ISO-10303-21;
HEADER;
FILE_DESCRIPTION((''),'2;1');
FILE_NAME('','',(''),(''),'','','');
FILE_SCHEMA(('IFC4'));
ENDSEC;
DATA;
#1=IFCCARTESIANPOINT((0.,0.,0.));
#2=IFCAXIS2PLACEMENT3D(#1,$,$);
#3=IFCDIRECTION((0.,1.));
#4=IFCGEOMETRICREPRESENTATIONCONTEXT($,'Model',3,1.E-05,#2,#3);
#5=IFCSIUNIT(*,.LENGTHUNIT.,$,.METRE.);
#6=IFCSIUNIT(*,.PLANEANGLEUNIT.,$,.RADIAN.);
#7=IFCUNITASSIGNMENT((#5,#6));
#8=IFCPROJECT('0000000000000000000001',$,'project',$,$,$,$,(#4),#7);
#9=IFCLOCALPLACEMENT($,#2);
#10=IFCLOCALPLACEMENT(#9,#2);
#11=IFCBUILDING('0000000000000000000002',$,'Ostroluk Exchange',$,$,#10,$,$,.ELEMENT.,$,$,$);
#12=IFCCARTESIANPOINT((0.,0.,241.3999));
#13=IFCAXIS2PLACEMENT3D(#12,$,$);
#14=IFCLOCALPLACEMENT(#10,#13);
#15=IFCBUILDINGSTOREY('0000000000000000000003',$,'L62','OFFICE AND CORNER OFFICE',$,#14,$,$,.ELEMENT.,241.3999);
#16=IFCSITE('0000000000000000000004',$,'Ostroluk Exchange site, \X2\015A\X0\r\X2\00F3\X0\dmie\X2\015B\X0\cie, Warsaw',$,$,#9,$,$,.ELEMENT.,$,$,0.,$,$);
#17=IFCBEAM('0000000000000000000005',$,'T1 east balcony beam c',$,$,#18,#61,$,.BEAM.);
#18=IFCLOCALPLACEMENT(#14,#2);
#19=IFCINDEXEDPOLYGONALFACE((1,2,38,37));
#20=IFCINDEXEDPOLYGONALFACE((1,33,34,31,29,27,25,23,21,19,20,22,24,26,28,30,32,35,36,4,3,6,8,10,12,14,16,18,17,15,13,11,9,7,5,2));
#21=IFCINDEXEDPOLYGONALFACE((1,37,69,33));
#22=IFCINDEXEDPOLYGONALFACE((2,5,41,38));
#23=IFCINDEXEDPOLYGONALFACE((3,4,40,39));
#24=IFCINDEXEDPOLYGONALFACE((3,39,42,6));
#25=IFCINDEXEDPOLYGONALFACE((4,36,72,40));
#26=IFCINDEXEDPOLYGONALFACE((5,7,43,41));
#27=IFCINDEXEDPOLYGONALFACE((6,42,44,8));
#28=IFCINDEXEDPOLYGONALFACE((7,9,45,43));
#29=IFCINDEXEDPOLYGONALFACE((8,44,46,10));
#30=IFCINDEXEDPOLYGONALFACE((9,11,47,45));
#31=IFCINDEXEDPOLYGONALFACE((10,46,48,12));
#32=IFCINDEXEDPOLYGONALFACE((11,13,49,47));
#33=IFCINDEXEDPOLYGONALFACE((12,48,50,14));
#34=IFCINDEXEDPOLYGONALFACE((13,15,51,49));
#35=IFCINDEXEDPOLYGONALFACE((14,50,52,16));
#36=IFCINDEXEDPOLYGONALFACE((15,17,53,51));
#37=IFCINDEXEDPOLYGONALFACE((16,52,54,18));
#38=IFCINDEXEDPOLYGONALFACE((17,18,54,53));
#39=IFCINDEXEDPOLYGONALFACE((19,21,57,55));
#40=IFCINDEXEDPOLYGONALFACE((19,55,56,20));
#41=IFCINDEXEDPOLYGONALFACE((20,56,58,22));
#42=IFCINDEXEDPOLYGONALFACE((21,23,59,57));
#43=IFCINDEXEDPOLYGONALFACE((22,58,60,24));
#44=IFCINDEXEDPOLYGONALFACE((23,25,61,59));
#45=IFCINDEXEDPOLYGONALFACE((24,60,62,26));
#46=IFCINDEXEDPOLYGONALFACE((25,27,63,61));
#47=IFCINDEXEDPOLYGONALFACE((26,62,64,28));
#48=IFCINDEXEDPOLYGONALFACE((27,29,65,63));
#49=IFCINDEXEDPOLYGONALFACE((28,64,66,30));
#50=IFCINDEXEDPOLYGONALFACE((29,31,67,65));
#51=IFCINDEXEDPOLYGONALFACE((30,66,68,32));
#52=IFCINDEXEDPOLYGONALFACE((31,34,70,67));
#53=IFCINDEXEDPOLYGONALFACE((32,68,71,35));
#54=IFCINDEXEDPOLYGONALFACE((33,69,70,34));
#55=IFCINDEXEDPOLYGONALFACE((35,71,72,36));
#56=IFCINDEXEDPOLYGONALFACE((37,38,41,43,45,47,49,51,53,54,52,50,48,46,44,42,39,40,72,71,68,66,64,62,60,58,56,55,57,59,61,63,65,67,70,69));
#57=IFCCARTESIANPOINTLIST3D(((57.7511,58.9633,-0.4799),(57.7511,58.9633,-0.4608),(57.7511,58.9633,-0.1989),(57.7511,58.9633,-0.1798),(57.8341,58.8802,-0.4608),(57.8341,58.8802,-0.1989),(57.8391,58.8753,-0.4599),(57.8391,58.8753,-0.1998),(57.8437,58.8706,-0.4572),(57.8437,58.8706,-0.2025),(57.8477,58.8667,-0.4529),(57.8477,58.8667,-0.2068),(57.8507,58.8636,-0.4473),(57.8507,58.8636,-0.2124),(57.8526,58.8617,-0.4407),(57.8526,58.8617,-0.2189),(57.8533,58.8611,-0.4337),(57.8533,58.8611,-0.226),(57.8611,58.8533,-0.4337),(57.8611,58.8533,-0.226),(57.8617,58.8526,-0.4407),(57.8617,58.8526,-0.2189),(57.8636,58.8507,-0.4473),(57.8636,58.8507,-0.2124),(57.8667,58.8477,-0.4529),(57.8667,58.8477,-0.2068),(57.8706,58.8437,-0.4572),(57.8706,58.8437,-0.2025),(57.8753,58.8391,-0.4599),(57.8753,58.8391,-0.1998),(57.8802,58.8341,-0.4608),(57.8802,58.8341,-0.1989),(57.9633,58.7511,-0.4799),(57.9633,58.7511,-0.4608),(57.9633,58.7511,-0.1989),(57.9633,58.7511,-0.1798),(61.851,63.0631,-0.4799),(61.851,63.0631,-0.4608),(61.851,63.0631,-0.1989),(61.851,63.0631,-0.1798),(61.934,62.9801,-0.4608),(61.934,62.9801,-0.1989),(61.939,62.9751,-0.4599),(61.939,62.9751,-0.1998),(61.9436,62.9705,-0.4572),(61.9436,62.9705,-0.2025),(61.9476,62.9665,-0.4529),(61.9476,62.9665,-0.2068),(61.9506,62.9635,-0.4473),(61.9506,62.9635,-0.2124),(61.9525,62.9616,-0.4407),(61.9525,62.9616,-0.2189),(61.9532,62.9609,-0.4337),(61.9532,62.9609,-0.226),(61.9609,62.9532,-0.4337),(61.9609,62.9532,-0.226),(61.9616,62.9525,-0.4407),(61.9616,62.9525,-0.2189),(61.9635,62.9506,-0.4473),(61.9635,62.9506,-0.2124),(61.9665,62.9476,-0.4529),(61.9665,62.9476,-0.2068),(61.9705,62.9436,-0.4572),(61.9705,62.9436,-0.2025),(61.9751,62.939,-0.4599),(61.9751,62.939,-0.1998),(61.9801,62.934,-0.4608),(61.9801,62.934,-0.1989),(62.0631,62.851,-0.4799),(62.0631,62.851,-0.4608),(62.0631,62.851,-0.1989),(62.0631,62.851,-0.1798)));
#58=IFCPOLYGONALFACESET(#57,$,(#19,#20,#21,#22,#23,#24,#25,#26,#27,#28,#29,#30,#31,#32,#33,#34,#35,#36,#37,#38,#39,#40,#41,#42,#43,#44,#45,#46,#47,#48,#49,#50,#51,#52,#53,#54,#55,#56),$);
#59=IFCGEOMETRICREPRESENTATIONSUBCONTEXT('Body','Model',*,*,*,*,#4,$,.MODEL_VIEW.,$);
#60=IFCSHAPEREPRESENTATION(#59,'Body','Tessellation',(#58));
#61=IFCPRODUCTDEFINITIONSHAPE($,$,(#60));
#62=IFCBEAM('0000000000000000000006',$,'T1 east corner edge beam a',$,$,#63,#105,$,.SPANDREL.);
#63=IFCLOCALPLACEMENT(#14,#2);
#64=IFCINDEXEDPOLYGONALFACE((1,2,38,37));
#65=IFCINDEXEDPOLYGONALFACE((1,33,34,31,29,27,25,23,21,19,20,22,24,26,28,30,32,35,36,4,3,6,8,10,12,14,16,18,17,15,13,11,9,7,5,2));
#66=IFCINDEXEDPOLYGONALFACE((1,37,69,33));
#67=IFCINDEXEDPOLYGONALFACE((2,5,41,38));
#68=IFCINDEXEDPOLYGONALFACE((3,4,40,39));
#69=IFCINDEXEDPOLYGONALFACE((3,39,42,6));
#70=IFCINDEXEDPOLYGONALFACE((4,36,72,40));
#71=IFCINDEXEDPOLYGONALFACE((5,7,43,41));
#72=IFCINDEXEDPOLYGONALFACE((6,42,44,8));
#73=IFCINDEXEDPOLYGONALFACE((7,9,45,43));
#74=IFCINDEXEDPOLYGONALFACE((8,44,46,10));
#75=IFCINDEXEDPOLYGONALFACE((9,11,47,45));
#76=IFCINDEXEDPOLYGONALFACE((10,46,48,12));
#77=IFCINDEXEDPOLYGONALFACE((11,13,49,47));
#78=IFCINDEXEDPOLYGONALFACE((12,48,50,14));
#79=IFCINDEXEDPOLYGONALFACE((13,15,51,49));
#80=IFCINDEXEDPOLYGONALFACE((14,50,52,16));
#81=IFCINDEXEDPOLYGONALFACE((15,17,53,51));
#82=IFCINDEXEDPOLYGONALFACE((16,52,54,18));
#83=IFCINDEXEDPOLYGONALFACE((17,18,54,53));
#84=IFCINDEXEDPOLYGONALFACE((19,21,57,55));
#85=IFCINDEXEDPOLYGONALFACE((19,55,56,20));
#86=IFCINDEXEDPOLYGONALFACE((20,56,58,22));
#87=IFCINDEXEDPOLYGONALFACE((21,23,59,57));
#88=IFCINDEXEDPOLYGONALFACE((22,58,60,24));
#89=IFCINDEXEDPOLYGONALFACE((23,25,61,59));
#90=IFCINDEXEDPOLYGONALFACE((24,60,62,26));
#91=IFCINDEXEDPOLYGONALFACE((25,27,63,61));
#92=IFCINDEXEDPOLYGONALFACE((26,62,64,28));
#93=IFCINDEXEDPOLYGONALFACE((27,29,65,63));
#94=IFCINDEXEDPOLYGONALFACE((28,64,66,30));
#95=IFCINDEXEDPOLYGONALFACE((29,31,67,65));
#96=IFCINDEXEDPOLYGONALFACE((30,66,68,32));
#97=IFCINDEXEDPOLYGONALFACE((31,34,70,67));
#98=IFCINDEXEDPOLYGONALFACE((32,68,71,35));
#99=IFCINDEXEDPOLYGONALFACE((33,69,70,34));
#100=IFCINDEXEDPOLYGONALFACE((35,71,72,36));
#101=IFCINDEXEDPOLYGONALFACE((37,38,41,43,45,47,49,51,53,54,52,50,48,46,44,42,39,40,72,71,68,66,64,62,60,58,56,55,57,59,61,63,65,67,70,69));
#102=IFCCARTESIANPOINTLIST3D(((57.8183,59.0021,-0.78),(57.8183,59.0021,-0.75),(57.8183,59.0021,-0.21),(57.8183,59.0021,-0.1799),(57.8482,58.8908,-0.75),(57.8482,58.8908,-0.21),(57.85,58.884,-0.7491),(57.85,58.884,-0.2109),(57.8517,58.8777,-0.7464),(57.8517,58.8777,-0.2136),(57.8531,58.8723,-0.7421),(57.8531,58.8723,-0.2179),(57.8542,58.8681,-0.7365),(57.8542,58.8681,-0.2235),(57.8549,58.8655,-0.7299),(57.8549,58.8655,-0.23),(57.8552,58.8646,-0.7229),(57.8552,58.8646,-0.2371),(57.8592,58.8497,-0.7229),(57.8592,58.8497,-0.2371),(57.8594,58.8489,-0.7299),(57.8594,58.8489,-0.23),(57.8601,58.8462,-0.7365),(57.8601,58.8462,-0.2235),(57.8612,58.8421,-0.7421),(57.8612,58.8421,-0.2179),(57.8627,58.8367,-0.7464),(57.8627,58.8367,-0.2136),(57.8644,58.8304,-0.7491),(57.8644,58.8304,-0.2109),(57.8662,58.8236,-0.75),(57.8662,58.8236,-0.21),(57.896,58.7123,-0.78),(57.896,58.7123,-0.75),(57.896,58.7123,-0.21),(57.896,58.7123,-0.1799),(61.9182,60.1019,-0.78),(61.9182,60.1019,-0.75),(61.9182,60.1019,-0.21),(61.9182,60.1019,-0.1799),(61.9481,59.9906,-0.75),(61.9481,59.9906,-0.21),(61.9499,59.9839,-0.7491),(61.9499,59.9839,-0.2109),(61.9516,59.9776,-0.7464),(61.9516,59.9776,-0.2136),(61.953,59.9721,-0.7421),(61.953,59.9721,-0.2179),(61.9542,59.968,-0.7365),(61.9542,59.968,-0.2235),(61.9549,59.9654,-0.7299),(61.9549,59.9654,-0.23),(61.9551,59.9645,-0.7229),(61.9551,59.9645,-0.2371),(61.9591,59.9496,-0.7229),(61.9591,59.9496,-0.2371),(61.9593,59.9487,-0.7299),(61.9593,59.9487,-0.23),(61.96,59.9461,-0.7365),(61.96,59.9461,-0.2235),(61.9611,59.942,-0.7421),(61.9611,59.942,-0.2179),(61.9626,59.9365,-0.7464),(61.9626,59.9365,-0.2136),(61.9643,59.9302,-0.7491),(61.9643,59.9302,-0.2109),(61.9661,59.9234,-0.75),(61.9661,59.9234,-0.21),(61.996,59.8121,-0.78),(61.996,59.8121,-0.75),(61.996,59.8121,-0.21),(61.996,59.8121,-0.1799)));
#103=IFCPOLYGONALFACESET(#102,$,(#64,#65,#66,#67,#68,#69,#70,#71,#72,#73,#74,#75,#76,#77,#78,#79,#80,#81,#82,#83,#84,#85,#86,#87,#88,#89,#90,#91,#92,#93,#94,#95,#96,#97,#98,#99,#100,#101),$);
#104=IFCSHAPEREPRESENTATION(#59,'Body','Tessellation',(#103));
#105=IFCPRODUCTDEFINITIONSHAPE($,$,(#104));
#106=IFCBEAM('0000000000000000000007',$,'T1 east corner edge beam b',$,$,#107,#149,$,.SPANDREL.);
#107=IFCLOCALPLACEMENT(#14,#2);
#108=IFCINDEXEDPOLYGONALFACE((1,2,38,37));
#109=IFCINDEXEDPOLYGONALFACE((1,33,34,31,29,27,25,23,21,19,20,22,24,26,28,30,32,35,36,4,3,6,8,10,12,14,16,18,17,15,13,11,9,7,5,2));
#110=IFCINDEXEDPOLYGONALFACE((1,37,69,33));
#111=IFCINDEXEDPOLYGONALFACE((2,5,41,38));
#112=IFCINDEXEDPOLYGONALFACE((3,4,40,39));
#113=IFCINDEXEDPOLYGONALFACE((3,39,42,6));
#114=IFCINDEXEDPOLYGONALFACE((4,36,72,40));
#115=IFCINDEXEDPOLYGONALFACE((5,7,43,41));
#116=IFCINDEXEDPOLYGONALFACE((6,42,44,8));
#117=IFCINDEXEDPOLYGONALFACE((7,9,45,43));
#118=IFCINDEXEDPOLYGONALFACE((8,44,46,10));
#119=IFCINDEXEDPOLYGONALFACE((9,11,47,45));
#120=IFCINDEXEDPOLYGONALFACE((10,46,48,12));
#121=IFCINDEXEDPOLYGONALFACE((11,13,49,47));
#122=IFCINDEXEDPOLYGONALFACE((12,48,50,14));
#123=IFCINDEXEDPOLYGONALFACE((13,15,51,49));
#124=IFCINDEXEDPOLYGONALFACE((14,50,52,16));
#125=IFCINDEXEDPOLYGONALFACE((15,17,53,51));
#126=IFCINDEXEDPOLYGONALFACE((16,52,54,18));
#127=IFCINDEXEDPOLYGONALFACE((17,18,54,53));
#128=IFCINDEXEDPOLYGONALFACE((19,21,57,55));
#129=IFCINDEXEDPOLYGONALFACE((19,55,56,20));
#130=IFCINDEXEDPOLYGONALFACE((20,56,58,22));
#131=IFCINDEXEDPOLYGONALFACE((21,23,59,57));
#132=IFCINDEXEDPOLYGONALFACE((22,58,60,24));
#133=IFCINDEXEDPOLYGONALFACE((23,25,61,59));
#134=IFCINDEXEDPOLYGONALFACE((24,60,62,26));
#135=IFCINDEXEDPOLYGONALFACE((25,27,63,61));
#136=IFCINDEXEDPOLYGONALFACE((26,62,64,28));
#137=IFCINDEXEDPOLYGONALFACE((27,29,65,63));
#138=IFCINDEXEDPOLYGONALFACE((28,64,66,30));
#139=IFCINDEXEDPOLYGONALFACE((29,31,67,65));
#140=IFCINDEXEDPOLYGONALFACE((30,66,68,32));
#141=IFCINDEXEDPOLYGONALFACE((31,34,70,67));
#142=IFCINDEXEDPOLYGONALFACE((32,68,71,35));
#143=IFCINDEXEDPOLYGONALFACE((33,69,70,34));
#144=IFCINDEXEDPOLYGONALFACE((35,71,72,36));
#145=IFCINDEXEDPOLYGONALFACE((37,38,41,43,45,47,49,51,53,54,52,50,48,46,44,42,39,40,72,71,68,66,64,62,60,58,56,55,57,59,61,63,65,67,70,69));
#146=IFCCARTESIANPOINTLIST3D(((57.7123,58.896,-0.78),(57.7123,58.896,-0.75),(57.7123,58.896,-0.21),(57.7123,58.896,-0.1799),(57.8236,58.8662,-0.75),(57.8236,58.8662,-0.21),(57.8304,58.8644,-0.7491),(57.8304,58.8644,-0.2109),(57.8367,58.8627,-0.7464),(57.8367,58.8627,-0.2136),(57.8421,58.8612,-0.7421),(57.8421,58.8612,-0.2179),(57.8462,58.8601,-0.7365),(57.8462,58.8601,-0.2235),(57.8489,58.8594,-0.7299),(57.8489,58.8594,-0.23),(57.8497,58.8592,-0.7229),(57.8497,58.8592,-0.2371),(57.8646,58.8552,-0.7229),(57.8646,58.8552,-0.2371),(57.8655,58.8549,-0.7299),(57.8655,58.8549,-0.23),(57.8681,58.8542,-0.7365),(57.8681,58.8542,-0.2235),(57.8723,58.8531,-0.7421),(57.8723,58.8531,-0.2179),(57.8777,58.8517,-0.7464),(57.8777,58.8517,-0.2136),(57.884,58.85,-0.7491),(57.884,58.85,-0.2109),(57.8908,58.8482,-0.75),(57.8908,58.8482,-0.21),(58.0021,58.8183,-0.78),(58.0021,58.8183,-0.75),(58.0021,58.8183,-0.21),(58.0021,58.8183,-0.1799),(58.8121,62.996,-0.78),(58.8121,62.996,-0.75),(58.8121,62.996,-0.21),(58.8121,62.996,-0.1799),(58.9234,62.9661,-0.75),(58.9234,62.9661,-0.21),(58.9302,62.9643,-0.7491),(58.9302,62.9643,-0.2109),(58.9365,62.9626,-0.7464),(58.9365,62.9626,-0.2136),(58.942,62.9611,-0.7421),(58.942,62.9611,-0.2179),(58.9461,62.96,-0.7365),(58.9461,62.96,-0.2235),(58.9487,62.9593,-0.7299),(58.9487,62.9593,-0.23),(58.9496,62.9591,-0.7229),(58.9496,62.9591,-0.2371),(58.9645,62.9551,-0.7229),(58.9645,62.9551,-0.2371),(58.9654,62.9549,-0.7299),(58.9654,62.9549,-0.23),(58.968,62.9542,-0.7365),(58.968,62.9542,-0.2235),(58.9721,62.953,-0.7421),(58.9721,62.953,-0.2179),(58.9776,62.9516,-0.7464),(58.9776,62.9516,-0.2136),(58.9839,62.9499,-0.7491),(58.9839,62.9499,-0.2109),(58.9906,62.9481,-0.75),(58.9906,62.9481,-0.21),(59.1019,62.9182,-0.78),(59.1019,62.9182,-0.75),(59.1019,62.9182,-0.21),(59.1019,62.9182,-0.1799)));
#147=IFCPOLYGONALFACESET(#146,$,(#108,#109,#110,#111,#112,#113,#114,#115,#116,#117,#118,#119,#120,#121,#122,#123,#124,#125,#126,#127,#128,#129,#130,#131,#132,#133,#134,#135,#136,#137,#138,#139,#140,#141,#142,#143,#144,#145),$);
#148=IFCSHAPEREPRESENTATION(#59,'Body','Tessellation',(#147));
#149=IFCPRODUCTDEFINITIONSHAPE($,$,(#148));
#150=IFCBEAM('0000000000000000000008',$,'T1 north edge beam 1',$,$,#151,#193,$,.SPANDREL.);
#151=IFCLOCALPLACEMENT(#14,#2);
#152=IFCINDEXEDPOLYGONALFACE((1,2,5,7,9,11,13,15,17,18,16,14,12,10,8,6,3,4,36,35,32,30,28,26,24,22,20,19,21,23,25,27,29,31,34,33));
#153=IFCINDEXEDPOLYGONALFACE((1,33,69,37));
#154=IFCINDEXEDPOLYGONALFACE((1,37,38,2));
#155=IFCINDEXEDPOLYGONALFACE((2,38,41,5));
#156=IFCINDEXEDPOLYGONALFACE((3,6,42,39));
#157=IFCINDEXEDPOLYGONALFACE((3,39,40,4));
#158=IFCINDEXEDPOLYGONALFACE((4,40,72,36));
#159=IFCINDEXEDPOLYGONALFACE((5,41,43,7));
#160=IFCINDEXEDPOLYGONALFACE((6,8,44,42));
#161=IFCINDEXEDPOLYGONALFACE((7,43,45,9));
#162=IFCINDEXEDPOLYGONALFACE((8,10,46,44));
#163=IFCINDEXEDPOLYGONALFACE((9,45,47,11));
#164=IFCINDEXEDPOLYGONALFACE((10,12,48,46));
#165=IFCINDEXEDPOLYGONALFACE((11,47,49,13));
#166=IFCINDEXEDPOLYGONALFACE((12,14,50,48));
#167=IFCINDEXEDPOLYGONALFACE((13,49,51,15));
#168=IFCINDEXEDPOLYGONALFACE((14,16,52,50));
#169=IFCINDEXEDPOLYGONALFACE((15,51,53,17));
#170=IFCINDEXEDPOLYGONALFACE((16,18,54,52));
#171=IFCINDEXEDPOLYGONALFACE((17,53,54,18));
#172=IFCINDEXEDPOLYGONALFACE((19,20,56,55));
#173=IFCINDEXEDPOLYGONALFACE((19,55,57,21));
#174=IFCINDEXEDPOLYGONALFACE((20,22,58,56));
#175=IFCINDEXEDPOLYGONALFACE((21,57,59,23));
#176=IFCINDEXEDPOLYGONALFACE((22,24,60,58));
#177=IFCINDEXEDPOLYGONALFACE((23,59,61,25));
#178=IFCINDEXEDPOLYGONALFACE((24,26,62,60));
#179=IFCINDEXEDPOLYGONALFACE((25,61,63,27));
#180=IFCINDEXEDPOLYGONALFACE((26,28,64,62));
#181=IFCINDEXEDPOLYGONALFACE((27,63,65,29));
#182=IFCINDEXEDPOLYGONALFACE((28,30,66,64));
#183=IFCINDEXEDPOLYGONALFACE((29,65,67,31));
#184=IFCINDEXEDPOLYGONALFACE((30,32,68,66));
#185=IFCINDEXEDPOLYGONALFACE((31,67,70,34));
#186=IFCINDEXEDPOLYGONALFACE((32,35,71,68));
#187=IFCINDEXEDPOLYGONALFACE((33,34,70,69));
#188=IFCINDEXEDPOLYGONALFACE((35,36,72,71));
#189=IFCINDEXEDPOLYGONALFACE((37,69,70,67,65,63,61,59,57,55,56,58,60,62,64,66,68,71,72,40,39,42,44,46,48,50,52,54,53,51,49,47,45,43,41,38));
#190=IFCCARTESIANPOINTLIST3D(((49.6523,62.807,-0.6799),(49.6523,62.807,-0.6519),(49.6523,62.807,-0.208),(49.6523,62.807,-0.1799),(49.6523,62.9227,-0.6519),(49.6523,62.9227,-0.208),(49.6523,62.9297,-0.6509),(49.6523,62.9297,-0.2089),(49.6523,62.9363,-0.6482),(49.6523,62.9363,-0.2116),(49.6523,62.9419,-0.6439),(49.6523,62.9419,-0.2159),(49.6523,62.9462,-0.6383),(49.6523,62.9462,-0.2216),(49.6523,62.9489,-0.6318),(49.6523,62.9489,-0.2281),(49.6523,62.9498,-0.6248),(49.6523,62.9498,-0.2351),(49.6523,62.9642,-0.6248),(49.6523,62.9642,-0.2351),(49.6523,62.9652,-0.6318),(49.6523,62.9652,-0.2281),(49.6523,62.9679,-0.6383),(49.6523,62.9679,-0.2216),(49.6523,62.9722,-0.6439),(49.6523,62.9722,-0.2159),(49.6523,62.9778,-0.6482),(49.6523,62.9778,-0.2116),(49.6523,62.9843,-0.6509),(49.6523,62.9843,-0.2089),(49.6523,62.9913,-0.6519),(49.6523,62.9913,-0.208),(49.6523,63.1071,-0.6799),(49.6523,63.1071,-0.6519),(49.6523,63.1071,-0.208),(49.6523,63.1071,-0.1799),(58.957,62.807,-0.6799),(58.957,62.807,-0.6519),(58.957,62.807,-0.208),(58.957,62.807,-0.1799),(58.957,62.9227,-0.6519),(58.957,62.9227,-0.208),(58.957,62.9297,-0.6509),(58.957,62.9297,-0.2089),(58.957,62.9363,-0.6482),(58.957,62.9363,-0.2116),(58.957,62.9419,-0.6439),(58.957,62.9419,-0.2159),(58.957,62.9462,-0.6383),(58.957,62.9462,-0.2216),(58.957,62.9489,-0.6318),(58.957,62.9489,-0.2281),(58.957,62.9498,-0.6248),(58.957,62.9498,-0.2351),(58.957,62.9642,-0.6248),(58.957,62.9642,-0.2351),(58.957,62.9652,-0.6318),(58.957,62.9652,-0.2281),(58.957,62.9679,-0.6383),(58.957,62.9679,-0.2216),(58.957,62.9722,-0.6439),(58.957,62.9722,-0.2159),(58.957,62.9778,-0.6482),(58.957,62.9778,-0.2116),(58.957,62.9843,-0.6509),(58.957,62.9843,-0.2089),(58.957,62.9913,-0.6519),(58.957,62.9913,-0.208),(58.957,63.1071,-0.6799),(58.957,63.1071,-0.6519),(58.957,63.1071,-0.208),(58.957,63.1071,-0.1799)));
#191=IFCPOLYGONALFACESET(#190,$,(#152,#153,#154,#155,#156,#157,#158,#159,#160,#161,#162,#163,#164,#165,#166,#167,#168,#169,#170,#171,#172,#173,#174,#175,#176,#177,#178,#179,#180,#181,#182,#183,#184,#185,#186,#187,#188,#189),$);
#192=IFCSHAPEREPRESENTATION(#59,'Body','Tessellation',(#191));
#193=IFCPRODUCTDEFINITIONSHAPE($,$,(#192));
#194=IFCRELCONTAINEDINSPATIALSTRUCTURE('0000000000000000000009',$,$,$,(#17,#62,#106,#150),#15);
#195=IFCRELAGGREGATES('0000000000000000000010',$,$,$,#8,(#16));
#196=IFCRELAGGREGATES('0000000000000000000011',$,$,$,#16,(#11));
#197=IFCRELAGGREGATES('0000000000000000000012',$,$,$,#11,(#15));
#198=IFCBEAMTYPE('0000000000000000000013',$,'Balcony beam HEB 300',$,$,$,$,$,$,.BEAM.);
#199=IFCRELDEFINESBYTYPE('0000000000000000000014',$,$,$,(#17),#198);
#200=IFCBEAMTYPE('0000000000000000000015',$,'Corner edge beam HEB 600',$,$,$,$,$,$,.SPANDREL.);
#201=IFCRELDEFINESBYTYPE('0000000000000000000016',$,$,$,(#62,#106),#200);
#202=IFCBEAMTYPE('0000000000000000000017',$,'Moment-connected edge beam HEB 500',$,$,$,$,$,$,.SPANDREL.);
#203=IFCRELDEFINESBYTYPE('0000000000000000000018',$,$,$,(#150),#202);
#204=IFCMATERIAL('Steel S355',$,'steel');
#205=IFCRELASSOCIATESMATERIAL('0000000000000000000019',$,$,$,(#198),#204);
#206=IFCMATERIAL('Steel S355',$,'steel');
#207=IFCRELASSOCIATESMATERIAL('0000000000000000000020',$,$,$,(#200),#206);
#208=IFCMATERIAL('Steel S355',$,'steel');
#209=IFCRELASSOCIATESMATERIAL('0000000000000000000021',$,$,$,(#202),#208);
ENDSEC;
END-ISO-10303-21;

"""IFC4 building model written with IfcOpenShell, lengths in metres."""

from ifc_helpers import new_model, si_unit, direction, frame, origin, origin_2d, place, context, subcontext, project, spatial, i_section, extrude, material, material_profile, profile_set, type_object, element, save


model = new_model("IFC4")

# Units and contexts
model_context = context("Model", 3, precision=1e-05, world=origin(), true_north=direction((0.0, 1.0)))
body_context = subcontext(model_context, "Body", "Model", "MODEL_VIEW")
ifc_project = project(units=[si_unit("LENGTHUNIT", "METRE"), si_unit("PLANEANGLEUNIT", "RADIAN")], contexts=[model_context])

# Site, building, storey
site_placement = place(None, origin())
site = spatial("IfcSite", under=ifc_project, at=site_placement, Name="Ostroluk Exchange site, Śródmieście, Warsaw", CompositionType="ELEMENT", RefElevation=0.0)
building_placement = place(site_placement, origin())
building = spatial("IfcBuilding", under=site, at=building_placement, Name="Ostroluk Exchange", CompositionType="ELEMENT")
storey_placement = place(building_placement, frame((0.0, 0.0, 241.3999)))
storey = spatial("IfcBuildingStorey", under=building, at=storey_placement, Name="L62", Description="OFFICE AND CORNER OFFICE", CompositionType="ELEMENT", Elevation=241.3999)

# Beams
ifc_material_1 = material(Name="Steel S355", Category="steel")
ifc_material_profile_1 = material_profile(ifc_material_1, i_section(OverallWidth=0.3, OverallDepth=0.3, WebThickness=0.011, FlangeThickness=0.019, FilletRadius=0.0271, at=origin_2d()), Name="HEB 300")
ifc_profile_set_1 = profile_set([ifc_material_profile_1], Name="Steel S355")
beam_type_1 = type_object("IfcBeamType", Name="Balcony beam HEB 300", PredefinedType="BEAM", material=ifc_profile_set_1)
beam_placement = place(storey_placement, frame((57.8572, 58.8572, -0.3298), z_axis=(0.707107, 0.707107, 0.0), x_axis=(-0.707107, 0.707107, 0.0)))
element("IfcBeam", 1, at=beam_placement, inside=storey, type_object=beam_type_1, Name="T1 east balcony beam c", PredefinedType="BEAM", context=body_context, shape_type="SweptSolid", body=[
    extrude(i_section(OverallWidth=0.3, OverallDepth=0.3, WebThickness=0.011, FlangeThickness=0.019, FilletRadius=0.0271, at=origin_2d()), origin(), (0.0, 0.0, 1.0), 5.7981),
])
ifc_material_2 = material(Name="Steel S355", Category="steel")
ifc_material_profile_2 = material_profile(ifc_material_2, i_section(OverallWidth=0.3, OverallDepth=0.6001, WebThickness=0.0154, FlangeThickness=0.03, FilletRadius=0.0271, at=origin_2d()), Name="HEB 600")
ifc_profile_set_2 = profile_set([ifc_material_profile_2], Name="Steel S355")
beam_type_2 = type_object("IfcBeamType", Name="Corner edge beam HEB 600", PredefinedType="SPANDREL", material=ifc_profile_set_2)
for number, where, z_axis, x_axis, name in (
    (2, (57.8572, 58.8572, -0.48), (0.965849, 0.259105, 0.0), (-0.259105, 0.965849, 0.0), "T1 east corner edge beam a"),
    (3, (57.8572, 58.8572, -0.48), (0.259105, 0.965849, 0.0), (-0.965849, 0.259105, 0.0), "T1 east corner edge beam b"),
):
    element("IfcBeam", number, at=place(storey_placement, frame(where, z_axis=z_axis, x_axis=x_axis)), inside=storey, type_object=beam_type_2, Name=name, PredefinedType="SPANDREL", context=body_context, shape_type="SweptSolid", body=[
        extrude(i_section(OverallWidth=0.3, OverallDepth=0.6001, WebThickness=0.0154, FlangeThickness=0.03, FilletRadius=0.0271, at=origin_2d()), origin(), (0.0, 0.0, 1.0), 4.2449),
    ])
ifc_material_3 = material(Name="Steel S355", Category="steel")
ifc_material_profile_3 = material_profile(ifc_material_3, i_section(OverallWidth=0.3, OverallDepth=0.5, WebThickness=0.0144, FlangeThickness=0.0281, FilletRadius=0.0271, at=origin_2d()), Name="HEB 500")
ifc_profile_set_3 = profile_set([ifc_material_profile_3], Name="Steel S355")
beam_type_3 = type_object("IfcBeamType", Name="Moment-connected edge beam HEB 500", PredefinedType="SPANDREL", material=ifc_profile_set_3)
for number, where, z_axis, x_axis, name in (
    (4, (58.957, 62.957, -0.4299), (-1.0, 0.0, 0.0), (0.0, -1.0, 0.0), "T1 north edge beam 1"),
):
    element("IfcBeam", number, at=place(storey_placement, frame(where, z_axis=z_axis, x_axis=x_axis)), inside=storey, type_object=beam_type_3, Name=name, PredefinedType="SPANDREL", context=body_context, shape_type="SweptSolid", body=[
        extrude(i_section(OverallWidth=0.3, OverallDepth=0.5, WebThickness=0.0144, FlangeThickness=0.0281, FilletRadius=0.0271, at=origin_2d()), origin(), (0.0, 0.0, 1.0), 9.3047),
    ])

save(model, "model.ifc")
